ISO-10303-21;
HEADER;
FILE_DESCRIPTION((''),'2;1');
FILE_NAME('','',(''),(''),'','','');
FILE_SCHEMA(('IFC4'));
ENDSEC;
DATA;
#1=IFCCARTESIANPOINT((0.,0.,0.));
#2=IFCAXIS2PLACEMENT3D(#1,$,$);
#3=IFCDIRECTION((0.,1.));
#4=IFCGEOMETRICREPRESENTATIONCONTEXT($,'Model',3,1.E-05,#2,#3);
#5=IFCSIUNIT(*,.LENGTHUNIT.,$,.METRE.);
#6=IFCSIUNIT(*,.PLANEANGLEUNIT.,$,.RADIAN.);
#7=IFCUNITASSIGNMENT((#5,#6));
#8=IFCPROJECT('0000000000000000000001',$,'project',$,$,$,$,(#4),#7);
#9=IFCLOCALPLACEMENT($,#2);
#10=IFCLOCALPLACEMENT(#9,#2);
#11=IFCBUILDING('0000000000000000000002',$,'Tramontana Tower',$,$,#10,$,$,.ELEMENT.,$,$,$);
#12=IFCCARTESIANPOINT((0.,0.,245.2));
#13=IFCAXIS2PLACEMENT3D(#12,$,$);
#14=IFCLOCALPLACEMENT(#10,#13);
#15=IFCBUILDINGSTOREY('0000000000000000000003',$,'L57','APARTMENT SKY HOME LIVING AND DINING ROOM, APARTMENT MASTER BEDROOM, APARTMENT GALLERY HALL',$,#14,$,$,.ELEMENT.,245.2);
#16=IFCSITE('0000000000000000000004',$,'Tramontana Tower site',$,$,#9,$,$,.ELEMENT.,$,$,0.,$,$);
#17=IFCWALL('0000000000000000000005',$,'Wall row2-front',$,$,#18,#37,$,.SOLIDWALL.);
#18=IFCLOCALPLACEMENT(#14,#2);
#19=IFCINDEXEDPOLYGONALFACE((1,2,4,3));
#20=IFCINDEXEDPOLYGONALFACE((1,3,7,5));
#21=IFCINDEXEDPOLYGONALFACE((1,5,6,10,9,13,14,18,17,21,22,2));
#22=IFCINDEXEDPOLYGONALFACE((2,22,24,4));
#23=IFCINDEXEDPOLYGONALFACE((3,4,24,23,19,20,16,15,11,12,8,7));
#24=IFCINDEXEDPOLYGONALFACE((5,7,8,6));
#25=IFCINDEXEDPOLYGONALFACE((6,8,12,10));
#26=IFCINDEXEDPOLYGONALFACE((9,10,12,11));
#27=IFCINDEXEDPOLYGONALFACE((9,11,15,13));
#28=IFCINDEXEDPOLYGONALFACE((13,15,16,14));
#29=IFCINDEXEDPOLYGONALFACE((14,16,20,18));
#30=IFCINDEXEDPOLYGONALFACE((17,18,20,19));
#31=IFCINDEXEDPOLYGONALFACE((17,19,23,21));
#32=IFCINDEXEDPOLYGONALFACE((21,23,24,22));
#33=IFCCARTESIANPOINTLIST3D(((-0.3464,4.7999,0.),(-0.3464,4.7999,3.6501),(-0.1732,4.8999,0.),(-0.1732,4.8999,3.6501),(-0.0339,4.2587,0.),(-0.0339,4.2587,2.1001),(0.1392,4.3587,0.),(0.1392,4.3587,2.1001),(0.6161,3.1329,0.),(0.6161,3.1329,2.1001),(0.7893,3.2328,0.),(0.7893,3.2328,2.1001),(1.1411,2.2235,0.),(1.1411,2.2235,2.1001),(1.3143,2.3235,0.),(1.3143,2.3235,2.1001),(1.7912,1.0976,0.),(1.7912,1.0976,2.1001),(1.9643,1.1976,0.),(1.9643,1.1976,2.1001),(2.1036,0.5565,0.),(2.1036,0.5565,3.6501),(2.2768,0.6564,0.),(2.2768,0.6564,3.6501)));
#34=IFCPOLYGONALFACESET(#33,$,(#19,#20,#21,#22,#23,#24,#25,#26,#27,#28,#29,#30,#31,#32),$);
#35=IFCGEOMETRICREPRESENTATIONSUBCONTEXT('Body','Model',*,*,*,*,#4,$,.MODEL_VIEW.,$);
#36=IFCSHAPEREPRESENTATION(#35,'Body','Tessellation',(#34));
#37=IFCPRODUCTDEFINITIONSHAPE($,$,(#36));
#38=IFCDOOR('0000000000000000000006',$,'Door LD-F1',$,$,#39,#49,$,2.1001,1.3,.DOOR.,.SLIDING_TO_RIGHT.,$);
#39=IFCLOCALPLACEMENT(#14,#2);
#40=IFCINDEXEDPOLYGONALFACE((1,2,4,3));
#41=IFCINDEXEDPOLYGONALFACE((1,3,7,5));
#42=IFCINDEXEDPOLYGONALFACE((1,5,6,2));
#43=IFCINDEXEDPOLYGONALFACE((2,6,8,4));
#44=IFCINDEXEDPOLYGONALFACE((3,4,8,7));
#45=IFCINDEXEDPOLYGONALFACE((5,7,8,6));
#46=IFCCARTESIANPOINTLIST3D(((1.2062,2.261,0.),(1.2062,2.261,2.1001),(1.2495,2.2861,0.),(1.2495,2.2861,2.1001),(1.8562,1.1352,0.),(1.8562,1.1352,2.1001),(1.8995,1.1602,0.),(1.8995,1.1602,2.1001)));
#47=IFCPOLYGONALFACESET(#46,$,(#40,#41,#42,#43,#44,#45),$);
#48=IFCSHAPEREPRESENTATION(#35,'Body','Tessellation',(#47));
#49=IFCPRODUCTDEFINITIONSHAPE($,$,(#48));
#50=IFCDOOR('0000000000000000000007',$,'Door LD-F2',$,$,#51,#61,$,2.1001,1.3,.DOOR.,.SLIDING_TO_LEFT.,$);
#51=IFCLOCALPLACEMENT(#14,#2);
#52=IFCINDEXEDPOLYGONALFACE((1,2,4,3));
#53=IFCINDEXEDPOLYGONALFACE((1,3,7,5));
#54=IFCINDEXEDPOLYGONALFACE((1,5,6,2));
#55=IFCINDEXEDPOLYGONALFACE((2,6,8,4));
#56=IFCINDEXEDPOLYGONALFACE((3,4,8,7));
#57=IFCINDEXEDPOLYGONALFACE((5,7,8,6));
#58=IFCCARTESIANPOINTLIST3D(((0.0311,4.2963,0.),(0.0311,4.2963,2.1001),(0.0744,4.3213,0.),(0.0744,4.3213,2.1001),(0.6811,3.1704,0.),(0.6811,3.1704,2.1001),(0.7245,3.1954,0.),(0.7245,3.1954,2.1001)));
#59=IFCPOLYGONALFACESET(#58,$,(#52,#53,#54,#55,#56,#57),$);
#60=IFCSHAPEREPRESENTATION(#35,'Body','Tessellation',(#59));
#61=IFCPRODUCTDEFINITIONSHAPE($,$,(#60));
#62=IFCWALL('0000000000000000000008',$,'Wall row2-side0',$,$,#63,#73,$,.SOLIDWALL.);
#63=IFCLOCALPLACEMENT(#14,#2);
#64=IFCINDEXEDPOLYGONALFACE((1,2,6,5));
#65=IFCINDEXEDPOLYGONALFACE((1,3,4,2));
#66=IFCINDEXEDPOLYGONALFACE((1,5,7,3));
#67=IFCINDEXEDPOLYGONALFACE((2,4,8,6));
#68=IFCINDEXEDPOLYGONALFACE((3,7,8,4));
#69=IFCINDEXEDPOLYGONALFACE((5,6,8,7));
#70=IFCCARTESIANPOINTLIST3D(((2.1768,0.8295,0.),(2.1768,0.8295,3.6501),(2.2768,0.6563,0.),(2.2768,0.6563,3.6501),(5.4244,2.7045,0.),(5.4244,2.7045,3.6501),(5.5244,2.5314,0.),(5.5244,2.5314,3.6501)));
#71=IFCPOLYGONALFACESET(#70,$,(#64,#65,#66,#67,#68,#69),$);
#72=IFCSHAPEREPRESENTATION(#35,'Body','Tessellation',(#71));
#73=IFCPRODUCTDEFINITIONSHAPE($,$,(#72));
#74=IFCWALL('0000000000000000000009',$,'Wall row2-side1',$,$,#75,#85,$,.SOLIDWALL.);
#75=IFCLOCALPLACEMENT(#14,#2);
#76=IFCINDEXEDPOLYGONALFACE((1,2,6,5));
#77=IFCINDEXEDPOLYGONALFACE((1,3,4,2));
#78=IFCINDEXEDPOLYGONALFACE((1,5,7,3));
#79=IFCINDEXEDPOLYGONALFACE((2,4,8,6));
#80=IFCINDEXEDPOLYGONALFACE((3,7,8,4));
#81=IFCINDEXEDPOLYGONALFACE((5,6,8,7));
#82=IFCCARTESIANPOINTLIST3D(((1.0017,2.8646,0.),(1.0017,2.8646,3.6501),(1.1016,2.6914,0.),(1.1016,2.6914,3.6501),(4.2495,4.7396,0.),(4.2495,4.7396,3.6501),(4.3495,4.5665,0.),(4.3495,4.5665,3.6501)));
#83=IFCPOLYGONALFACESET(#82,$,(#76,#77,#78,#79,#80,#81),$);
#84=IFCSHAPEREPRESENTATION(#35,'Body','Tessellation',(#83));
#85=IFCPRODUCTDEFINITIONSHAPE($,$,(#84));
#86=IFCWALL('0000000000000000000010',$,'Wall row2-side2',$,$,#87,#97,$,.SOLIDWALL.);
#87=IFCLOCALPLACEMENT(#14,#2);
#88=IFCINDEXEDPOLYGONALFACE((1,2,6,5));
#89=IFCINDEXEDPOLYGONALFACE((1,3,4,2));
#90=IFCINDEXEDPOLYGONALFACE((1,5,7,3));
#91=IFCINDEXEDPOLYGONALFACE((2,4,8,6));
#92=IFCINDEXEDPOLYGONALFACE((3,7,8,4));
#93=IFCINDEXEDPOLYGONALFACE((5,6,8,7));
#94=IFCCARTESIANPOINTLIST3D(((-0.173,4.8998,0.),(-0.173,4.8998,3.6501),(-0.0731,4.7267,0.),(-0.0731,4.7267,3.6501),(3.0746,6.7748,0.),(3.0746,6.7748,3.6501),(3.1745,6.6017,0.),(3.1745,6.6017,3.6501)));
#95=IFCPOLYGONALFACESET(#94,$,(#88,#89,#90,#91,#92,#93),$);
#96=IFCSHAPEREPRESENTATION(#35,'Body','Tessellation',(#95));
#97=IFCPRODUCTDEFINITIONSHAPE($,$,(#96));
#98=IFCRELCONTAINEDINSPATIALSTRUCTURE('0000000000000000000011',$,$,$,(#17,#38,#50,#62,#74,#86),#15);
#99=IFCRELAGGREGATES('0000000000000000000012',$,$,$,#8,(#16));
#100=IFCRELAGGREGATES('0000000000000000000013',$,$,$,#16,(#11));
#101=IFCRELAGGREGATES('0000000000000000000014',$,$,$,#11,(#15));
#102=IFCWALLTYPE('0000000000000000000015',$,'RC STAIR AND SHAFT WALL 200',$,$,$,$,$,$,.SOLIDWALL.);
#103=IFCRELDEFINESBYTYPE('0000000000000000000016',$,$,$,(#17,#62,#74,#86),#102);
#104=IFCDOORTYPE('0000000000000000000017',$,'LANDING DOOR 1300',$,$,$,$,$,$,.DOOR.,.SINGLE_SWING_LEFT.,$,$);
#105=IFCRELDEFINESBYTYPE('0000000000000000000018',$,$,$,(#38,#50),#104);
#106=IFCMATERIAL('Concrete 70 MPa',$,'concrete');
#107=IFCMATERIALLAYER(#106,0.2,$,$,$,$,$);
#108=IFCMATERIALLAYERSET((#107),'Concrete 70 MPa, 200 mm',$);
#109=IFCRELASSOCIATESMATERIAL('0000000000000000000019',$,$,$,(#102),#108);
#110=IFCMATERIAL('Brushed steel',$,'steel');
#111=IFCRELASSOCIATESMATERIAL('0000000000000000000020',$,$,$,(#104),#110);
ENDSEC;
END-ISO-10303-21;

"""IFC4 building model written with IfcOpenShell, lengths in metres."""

from ifc_helpers import new_model, si_unit, direction, frame, frame_2d, origin, place, context, subcontext, project, spatial, rectangle, extrude, material, layer, layer_set, type_object, element, fill, save


model = new_model("IFC4")

# Units and contexts
model_context = context("Model", 3, precision=1e-05, world=origin(), true_north=direction((0.0, 1.0)))
body_context = subcontext(model_context, "Body", "Model", "MODEL_VIEW")
ifc_project = project(units=[si_unit("LENGTHUNIT", "METRE"), si_unit("PLANEANGLEUNIT", "RADIAN")], contexts=[model_context])

# Site, building, storey
site_placement = place(None, origin())
site = spatial("IfcSite", under=ifc_project, at=site_placement, Name="Tramontana Tower site", CompositionType="ELEMENT", RefElevation=0.0)
building_placement = place(site_placement, origin())
building = spatial("IfcBuilding", under=site, at=building_placement, Name="Tramontana Tower", CompositionType="ELEMENT")
storey_placement = place(building_placement, frame((0.0, 0.0, 245.2)))
storey = spatial("IfcBuildingStorey", under=building, at=storey_placement, Name="L57", Description="APARTMENT SKY HOME LIVING AND DINING ROOM, APARTMENT MASTER BEDROOM, APARTMENT GALLERY HALL", CompositionType="ELEMENT", Elevation=245.2)

# Wall, openings, doors
ifc_material_1 = material(Name="Concrete 70 MPa", Category="concrete")
ifc_layer_1 = layer(ifc_material_1, 0.2)
ifc_layer_set_1 = layer_set([ifc_layer_1], Name="Concrete 70 MPa, 200 mm")
wall_type_1 = type_object("IfcWallType", Name="RC STAIR AND SHAFT WALL 200", PredefinedType="SOLIDWALL", material=ifc_layer_set_1)
wall_1_placement = place(storey_placement, frame((2.1902, 0.6064, 0.0), z_axis=(0.0, 0.0, 1.0), x_axis=(-0.500003, 0.866024, 0.0)))
wall_1 = element("IfcWall", 1, at=wall_1_placement, inside=storey, type_object=wall_type_1, Name="Wall row2-front", PredefinedType="SOLIDWALL", context=body_context, shape_type="SweptSolid", body=[
    extrude(rectangle(XDim=4.8999, YDim=0.2, at=frame_2d((2.45, 0.0))), origin(), (0.0, 0.0, 1.0), 3.6501),
])
opening_1_placement = place(wall_1_placement, frame((0.625, 0.0, 0.0)))
opening_1 = element("IfcOpeningElement", 2, at=opening_1_placement, cuts=wall_1, PredefinedType="OPENING", context=body_context, shape_type="SweptSolid", body=[
    extrude(rectangle(XDim=1.3, YDim=2.1001, at=frame_2d((0.6499, 1.05))), frame((0.0, 0.1099, 0.0), z_axis=(0.0, -1.0, 0.0), x_axis=(1.0, 0.0, 0.0)), (0.0, 0.0, 1.0), 0.22),
])
opening_2_placement = place(wall_1_placement, frame((2.9751, 0.0, 0.0)))
opening_2 = element("IfcOpeningElement", 3, at=opening_2_placement, cuts=wall_1, PredefinedType="OPENING", context=body_context, shape_type="SweptSolid", body=[
    extrude(rectangle(XDim=1.3, YDim=2.1001, at=frame_2d((0.6499, 1.05))), frame((0.0, 0.1099, 0.0), z_axis=(0.0, -1.0, 0.0), x_axis=(1.0, 0.0, 0.0)), (0.0, 0.0, 1.0), 0.22),
])
ifc_material_2 = material(Name="Brushed steel", Category="steel")
door_type_1 = type_object("IfcDoorType", Name="LANDING DOOR 1300", OperationType="SINGLE_SWING_LEFT", PredefinedType="DOOR", material=ifc_material_2)
door_1_placement = place(opening_1_placement, origin())
door_1 = element("IfcDoor", 4, at=door_1_placement, inside=storey, type_object=door_type_1, Name="Door LD-F1", OperationType="SLIDING_TO_RIGHT", OverallHeight=2.1001, OverallWidth=1.3, PredefinedType="DOOR", context=body_context, shape_type="SweptSolid", body=[
    extrude(rectangle(XDim=1.3, YDim=2.1001, at=frame_2d((0.6499, 1.05))), frame((0.0, 0.0249, 0.0), z_axis=(0.0, -1.0, 0.0), x_axis=(1.0, 0.0, 0.0)), (0.0, 0.0, 1.0), 0.05),
])
fill(opening_1, door_1)
door_2_placement = place(opening_2_placement, origin())
door_2 = element("IfcDoor", 5, at=door_2_placement, inside=storey, type_object=door_type_1, Name="Door LD-F2", OperationType="SLIDING_TO_LEFT", OverallHeight=2.1001, OverallWidth=1.3, PredefinedType="DOOR", context=body_context, shape_type="SweptSolid", body=[
    extrude(rectangle(XDim=1.3, YDim=2.1001, at=frame_2d((0.6499, 1.05))), frame((0.0, 0.0249, 0.0), z_axis=(0.0, -1.0, 0.0), x_axis=(1.0, 0.0, 0.0)), (0.0, 0.0, 1.0), 0.05),
])
fill(opening_2, door_2)

# Walls
wall_2_placement = place(storey_placement, frame((2.2268, 0.7429, 0.0), z_axis=(0.0, 0.0, 1.0), x_axis=(0.866023, 0.500004, 0.0)))
element("IfcWall", 6, at=wall_2_placement, inside=storey, type_object=wall_type_1, Name="Wall row2-side0", PredefinedType="SOLIDWALL", context=body_context, shape_type="SweptSolid", body=[
    extrude(rectangle(XDim=3.75, YDim=0.2, at=frame_2d((1.875, 0.0))), origin(), (0.0, 0.0, 1.0), 3.6501),
])
wall_3_placement = place(storey_placement, frame((1.0518, 2.7781, 0.0), z_axis=(0.0, 0.0, 1.0), x_axis=(0.866039, 0.499976, 0.0)))
element("IfcWall", 7, at=wall_3_placement, inside=storey, type_object=wall_type_1, Name="Wall row2-side1", PredefinedType="SOLIDWALL", context=body_context, shape_type="SweptSolid", body=[
    extrude(rectangle(XDim=3.7502, YDim=0.2, at=frame_2d((1.875, 0.0))), origin(), (0.0, 0.0, 1.0), 3.6501),
])
wall_4_placement = place(storey_placement, frame((-0.123, 4.8132, 0.0), z_axis=(0.0, 0.0, 1.0), x_axis=(0.866023, 0.500004, 0.0)))
element("IfcWall", 8, at=wall_4_placement, inside=storey, type_object=wall_type_1, Name="Wall row2-side2", PredefinedType="SOLIDWALL", context=body_context, shape_type="SweptSolid", body=[
    extrude(rectangle(XDim=3.75, YDim=0.2, at=frame_2d((1.875, 0.0))), origin(), (0.0, 0.0, 1.0), 3.6501),
])

save(model, "model.ifc")
